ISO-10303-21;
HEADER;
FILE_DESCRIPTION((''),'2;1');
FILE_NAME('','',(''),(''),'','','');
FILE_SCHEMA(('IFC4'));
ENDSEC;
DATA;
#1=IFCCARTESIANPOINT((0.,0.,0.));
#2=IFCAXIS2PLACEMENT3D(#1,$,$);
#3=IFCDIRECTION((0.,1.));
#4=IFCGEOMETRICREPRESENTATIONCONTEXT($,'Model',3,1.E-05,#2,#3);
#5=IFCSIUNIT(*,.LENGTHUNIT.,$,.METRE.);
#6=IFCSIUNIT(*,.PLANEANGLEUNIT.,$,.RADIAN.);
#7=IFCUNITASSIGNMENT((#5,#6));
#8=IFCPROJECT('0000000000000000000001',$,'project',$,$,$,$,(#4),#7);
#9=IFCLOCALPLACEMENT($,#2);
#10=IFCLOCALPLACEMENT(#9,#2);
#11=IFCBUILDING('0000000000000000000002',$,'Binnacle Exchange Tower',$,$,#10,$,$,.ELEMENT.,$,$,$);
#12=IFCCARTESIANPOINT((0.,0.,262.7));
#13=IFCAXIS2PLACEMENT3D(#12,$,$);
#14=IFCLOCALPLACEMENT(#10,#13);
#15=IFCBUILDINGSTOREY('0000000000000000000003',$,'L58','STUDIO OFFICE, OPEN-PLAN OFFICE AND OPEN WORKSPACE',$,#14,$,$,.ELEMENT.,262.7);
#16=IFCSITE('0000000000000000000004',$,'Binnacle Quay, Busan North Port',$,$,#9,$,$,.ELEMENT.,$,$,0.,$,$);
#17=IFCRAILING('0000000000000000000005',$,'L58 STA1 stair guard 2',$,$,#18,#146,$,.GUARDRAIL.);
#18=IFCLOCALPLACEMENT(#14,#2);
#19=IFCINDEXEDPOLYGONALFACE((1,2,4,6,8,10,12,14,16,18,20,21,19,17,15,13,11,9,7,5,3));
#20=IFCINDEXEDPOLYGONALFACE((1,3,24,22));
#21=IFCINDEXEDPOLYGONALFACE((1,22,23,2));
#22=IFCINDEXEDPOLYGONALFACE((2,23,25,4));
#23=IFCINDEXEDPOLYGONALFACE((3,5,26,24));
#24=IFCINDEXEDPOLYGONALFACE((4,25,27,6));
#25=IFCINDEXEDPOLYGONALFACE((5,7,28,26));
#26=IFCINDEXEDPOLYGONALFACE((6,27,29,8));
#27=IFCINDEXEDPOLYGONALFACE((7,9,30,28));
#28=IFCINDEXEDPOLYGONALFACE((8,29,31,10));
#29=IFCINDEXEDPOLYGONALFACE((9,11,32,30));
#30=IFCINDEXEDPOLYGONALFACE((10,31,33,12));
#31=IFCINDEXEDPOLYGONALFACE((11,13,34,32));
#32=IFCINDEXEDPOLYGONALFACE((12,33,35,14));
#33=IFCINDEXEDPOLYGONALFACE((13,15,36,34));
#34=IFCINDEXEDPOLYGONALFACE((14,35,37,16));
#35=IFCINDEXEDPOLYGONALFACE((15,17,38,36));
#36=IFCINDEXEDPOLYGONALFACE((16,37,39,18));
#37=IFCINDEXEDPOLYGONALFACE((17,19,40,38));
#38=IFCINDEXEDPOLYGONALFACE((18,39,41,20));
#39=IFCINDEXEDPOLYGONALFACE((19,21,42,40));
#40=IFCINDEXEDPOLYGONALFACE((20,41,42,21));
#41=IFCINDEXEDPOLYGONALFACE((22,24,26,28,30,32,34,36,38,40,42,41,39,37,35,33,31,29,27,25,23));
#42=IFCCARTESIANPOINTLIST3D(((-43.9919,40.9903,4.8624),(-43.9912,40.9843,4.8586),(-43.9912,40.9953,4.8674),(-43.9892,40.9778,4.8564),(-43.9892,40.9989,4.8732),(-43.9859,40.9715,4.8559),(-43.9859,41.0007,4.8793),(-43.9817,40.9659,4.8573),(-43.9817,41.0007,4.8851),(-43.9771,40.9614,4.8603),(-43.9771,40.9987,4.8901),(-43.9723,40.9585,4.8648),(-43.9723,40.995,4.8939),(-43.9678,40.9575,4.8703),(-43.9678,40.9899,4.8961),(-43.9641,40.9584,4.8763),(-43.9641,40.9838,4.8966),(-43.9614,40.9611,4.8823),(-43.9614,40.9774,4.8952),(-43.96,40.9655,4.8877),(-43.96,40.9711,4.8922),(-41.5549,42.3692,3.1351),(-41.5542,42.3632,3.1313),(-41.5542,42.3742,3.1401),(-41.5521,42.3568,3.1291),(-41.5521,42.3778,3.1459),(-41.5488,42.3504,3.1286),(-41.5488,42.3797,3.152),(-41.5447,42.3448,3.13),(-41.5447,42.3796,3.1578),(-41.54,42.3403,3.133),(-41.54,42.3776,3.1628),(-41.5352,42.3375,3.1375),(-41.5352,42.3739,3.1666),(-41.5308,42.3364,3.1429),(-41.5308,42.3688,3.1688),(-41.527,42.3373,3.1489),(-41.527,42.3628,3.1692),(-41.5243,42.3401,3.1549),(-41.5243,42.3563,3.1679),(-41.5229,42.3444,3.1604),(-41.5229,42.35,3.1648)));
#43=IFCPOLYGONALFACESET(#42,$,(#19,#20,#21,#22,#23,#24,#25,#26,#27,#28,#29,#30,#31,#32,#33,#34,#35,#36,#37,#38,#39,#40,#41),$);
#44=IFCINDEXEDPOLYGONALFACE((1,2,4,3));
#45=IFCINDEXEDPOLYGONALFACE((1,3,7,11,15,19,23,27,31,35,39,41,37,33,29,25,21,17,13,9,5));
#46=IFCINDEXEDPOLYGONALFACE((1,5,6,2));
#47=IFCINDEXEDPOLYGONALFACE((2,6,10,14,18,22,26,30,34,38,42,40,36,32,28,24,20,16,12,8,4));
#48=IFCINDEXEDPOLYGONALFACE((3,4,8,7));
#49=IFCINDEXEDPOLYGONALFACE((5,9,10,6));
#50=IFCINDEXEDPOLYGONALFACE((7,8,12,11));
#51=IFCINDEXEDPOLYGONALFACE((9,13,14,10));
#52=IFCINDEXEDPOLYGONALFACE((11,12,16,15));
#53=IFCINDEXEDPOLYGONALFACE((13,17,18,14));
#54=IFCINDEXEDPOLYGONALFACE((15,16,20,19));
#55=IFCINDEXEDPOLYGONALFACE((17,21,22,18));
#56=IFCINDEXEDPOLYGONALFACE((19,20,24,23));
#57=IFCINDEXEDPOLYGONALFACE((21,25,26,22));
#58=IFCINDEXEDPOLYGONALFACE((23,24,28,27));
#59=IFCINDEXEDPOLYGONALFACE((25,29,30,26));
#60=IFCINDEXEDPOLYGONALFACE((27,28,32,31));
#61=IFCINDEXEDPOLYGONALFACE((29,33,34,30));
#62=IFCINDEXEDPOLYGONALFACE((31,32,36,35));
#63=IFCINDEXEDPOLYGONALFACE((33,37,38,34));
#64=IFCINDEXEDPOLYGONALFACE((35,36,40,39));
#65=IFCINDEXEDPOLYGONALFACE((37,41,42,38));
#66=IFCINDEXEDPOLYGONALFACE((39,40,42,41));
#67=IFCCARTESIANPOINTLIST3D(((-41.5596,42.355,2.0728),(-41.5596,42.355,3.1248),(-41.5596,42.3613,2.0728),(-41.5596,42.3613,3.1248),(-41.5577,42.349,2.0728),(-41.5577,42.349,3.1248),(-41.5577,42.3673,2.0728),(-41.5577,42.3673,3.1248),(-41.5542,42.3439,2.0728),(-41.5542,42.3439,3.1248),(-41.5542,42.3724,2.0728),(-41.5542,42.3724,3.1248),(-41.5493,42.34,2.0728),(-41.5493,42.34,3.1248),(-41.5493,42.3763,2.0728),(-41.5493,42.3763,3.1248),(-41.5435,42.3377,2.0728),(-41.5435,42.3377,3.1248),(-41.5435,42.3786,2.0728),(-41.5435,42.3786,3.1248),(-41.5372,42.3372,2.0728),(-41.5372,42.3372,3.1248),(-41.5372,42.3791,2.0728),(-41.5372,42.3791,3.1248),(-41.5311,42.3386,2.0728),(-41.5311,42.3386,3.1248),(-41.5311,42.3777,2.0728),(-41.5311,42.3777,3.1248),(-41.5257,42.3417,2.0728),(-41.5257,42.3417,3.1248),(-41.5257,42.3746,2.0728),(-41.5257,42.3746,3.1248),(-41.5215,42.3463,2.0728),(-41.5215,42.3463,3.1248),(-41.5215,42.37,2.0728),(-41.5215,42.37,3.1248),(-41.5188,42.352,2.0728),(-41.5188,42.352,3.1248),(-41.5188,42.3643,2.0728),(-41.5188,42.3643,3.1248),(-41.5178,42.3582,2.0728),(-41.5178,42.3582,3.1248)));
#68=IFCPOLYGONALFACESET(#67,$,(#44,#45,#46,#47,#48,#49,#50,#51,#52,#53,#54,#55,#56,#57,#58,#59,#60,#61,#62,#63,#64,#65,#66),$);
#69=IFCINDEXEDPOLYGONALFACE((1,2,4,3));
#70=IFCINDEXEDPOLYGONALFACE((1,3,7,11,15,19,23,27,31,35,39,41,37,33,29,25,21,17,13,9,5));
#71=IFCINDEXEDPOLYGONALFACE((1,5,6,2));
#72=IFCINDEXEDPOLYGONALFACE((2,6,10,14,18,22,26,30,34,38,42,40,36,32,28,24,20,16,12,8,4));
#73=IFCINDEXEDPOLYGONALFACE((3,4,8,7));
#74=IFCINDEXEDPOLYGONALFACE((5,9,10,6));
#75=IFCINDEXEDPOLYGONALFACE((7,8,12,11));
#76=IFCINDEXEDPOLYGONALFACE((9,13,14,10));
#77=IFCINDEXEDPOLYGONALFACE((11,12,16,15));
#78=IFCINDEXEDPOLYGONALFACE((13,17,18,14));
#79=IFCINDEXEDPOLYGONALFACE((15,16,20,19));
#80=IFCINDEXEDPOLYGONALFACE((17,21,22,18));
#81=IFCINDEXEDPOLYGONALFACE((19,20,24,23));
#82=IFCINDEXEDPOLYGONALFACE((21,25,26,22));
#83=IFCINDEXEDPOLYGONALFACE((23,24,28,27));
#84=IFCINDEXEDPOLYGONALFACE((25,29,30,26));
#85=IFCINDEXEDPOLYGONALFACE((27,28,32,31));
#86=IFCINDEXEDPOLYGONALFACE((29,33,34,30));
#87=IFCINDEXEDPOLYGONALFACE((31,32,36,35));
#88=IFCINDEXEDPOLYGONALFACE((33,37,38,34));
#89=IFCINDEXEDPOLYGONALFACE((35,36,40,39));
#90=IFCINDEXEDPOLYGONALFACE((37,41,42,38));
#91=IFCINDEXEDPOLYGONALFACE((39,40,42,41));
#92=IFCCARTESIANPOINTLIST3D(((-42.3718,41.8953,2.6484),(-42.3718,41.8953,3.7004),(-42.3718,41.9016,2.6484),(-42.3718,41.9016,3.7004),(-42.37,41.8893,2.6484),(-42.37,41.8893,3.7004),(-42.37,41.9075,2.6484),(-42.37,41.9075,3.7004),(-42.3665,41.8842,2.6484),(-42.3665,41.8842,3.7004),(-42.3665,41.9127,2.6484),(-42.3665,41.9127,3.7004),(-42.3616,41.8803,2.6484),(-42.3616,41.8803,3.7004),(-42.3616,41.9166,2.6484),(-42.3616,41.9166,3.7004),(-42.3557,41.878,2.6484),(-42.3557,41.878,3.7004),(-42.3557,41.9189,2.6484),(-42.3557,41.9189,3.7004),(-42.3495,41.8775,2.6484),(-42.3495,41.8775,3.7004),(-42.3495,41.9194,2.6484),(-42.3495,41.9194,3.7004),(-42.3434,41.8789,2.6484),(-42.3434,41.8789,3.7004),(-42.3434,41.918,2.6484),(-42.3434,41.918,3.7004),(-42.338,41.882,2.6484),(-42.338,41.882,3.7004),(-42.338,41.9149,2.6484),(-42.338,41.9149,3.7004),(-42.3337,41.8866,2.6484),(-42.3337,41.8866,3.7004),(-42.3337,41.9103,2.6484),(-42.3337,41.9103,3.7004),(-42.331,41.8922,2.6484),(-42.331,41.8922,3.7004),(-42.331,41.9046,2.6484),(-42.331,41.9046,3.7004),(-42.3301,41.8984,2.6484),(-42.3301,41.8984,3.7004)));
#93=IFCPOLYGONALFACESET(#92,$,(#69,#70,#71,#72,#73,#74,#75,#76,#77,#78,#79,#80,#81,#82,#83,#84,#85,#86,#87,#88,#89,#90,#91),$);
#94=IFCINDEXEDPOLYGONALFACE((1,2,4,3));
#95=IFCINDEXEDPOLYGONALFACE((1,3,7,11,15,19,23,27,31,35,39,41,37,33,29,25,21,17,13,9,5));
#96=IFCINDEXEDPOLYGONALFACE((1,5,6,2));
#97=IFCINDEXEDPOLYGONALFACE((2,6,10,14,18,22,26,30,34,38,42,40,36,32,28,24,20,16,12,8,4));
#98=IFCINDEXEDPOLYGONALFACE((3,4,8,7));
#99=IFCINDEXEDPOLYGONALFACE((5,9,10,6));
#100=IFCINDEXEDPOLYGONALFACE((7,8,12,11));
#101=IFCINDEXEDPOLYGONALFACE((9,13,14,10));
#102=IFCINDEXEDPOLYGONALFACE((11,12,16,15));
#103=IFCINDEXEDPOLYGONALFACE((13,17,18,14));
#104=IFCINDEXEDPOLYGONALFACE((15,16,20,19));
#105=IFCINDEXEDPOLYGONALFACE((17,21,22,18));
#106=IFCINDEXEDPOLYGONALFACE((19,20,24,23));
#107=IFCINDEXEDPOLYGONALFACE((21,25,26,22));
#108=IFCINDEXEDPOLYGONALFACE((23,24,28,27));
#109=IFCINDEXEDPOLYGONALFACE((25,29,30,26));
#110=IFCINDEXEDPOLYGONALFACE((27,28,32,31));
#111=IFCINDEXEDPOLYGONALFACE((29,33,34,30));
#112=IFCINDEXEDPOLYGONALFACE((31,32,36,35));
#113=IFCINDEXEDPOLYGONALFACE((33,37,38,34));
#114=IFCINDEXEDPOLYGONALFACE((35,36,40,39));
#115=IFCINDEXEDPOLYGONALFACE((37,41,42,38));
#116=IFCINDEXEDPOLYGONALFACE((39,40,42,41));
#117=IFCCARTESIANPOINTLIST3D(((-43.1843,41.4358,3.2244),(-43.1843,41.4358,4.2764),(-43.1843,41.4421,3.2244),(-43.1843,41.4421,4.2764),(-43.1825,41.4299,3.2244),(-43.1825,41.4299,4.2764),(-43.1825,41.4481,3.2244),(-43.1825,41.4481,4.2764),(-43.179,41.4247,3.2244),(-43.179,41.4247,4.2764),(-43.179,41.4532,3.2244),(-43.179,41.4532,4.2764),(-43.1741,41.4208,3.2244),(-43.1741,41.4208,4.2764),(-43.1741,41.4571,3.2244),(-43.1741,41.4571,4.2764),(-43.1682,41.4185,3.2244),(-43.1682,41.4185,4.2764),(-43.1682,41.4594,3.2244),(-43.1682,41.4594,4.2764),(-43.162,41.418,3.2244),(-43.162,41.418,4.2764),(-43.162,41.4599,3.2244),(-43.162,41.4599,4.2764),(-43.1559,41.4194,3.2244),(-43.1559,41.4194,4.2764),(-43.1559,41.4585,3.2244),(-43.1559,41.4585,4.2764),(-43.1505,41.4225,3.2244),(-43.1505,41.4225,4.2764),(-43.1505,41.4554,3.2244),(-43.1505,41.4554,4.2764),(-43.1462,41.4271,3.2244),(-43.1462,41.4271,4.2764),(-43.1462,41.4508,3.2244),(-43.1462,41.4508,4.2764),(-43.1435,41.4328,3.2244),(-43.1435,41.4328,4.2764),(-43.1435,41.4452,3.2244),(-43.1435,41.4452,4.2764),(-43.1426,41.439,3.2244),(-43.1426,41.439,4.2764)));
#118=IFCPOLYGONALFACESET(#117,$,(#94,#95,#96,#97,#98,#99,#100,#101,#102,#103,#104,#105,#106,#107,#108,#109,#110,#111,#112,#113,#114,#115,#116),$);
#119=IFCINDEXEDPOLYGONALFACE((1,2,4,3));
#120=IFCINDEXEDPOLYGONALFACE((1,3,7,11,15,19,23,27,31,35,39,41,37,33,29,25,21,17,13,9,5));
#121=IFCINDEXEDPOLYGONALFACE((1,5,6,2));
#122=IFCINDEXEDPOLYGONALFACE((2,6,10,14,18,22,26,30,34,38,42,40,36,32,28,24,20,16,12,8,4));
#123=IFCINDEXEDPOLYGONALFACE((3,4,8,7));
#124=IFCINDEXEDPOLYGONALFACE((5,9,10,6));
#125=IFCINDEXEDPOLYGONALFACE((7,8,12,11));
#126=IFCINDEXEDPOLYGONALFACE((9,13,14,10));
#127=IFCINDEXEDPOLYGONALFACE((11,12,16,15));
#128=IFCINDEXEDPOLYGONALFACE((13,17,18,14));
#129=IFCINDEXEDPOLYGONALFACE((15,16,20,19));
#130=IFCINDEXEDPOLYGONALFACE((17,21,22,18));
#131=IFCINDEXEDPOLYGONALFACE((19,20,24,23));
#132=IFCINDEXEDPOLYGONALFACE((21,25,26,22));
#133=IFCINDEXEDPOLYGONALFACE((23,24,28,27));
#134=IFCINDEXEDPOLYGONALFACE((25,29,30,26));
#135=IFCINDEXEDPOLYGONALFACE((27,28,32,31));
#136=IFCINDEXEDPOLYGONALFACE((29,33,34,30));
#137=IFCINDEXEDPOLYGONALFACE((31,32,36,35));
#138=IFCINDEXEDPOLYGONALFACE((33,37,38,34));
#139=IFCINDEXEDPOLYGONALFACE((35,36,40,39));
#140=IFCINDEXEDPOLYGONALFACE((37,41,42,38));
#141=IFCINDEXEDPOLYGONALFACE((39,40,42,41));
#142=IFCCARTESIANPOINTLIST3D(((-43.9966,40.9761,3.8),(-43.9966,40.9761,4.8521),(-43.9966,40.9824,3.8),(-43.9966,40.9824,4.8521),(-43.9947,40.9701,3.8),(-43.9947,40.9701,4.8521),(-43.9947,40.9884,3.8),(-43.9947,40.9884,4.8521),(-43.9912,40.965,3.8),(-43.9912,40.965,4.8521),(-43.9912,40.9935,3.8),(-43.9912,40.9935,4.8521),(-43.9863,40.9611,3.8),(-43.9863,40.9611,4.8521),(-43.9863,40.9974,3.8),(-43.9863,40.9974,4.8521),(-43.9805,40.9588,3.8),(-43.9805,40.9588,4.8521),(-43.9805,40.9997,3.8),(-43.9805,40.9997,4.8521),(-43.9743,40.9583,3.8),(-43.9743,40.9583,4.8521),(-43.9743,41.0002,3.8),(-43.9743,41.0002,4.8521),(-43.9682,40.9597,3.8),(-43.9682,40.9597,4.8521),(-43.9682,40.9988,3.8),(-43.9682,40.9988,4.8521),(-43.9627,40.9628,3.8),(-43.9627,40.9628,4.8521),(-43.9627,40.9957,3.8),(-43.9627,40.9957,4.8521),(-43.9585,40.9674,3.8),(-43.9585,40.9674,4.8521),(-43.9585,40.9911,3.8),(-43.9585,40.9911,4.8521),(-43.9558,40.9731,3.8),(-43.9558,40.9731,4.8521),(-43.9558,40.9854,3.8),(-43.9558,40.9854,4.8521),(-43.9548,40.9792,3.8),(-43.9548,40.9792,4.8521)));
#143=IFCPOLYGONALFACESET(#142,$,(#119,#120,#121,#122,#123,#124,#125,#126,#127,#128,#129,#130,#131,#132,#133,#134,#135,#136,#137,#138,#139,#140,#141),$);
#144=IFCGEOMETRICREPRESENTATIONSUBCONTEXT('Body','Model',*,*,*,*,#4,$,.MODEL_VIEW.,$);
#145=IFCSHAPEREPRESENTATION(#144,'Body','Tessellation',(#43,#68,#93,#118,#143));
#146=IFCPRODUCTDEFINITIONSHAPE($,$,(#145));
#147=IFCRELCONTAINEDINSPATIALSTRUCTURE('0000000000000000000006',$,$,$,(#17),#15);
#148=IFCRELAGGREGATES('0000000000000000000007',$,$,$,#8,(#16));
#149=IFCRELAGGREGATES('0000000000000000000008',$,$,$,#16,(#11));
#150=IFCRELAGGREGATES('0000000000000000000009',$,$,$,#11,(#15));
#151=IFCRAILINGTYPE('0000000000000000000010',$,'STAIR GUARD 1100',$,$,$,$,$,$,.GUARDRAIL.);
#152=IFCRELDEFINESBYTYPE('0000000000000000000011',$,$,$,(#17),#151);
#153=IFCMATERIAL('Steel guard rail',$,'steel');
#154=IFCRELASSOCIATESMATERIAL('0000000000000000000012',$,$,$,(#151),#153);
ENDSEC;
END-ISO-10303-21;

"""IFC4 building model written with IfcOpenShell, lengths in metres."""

from ifc_helpers import new_model, si_unit, direction, frame, origin, origin_2d, place, context, subcontext, project, spatial, circle, extrude, material, type_object, element, save


model = new_model("IFC4")

# Units and contexts
model_context = context("Model", 3, precision=1e-05, world=origin(), true_north=direction((0.0, 1.0)))
body_context = subcontext(model_context, "Body", "Model", "MODEL_VIEW")
ifc_project = project(units=[si_unit("LENGTHUNIT", "METRE"), si_unit("PLANEANGLEUNIT", "RADIAN")], contexts=[model_context])

# Site, building, storey
site_placement = place(None, origin())
site = spatial("IfcSite", under=ifc_project, at=site_placement, Name="Binnacle Quay, Busan North Port", CompositionType="ELEMENT", RefElevation=0.0)
building_placement = place(site_placement, origin())
building = spatial("IfcBuilding", under=site, at=building_placement, Name="Binnacle Exchange Tower", CompositionType="ELEMENT")
storey_placement = place(building_placement, frame((0.0, 0.0, 262.7)))
storey = spatial("IfcBuildingStorey", under=building, at=storey_placement, Name="L58", Description="STUDIO OFFICE, OPEN-PLAN OFFICE AND OPEN WORKSPACE", CompositionType="ELEMENT", Elevation=262.7)

# Railing
ifc_material_1 = material(Name="Steel guard rail", Category="steel")
railing_type = type_object("IfcRailingType", Name="STAIR GUARD 1100", PredefinedType="GUARDRAIL", material=ifc_material_1)
railing_1_placement = place(storey_placement, frame((-41.5388, 42.3582, 2.0728)))
element("IfcRailing", 1, at=railing_1_placement, inside=storey, type_object=railing_type, Name="L58 STA1 stair guard 2", PredefinedType="GUARDRAIL", context=body_context, shape_type="SweptSolid", body=[
    extrude(circle(Radius=0.0239, at=origin_2d()), frame((0.0, 0.0, 1.0762), z_axis=(-0.740738, -0.419123, 0.525017), x_axis=(0.492454, -0.870339, 0.0)), (0.0, 0.0, 1.0), 3.29),
    extrude(circle(Radius=0.021, at=origin_2d()), origin(), (0.0, 0.0, 1.0), 1.052),
    extrude(circle(Radius=0.021, at=origin_2d()), frame((-0.8123, -0.4597, 0.5757)), (0.0, 0.0, 1.0), 1.052),
    extrude(circle(Radius=0.021, at=origin_2d()), frame((-1.6248, -0.9192, 1.1516)), (0.0, 0.0, 1.0), 1.052),
    extrude(circle(Radius=0.021, at=origin_2d()), frame((-2.437, -1.3789, 1.7273)), (0.0, 0.0, 1.0), 1.052),
])

save(model, "model.ifc")
